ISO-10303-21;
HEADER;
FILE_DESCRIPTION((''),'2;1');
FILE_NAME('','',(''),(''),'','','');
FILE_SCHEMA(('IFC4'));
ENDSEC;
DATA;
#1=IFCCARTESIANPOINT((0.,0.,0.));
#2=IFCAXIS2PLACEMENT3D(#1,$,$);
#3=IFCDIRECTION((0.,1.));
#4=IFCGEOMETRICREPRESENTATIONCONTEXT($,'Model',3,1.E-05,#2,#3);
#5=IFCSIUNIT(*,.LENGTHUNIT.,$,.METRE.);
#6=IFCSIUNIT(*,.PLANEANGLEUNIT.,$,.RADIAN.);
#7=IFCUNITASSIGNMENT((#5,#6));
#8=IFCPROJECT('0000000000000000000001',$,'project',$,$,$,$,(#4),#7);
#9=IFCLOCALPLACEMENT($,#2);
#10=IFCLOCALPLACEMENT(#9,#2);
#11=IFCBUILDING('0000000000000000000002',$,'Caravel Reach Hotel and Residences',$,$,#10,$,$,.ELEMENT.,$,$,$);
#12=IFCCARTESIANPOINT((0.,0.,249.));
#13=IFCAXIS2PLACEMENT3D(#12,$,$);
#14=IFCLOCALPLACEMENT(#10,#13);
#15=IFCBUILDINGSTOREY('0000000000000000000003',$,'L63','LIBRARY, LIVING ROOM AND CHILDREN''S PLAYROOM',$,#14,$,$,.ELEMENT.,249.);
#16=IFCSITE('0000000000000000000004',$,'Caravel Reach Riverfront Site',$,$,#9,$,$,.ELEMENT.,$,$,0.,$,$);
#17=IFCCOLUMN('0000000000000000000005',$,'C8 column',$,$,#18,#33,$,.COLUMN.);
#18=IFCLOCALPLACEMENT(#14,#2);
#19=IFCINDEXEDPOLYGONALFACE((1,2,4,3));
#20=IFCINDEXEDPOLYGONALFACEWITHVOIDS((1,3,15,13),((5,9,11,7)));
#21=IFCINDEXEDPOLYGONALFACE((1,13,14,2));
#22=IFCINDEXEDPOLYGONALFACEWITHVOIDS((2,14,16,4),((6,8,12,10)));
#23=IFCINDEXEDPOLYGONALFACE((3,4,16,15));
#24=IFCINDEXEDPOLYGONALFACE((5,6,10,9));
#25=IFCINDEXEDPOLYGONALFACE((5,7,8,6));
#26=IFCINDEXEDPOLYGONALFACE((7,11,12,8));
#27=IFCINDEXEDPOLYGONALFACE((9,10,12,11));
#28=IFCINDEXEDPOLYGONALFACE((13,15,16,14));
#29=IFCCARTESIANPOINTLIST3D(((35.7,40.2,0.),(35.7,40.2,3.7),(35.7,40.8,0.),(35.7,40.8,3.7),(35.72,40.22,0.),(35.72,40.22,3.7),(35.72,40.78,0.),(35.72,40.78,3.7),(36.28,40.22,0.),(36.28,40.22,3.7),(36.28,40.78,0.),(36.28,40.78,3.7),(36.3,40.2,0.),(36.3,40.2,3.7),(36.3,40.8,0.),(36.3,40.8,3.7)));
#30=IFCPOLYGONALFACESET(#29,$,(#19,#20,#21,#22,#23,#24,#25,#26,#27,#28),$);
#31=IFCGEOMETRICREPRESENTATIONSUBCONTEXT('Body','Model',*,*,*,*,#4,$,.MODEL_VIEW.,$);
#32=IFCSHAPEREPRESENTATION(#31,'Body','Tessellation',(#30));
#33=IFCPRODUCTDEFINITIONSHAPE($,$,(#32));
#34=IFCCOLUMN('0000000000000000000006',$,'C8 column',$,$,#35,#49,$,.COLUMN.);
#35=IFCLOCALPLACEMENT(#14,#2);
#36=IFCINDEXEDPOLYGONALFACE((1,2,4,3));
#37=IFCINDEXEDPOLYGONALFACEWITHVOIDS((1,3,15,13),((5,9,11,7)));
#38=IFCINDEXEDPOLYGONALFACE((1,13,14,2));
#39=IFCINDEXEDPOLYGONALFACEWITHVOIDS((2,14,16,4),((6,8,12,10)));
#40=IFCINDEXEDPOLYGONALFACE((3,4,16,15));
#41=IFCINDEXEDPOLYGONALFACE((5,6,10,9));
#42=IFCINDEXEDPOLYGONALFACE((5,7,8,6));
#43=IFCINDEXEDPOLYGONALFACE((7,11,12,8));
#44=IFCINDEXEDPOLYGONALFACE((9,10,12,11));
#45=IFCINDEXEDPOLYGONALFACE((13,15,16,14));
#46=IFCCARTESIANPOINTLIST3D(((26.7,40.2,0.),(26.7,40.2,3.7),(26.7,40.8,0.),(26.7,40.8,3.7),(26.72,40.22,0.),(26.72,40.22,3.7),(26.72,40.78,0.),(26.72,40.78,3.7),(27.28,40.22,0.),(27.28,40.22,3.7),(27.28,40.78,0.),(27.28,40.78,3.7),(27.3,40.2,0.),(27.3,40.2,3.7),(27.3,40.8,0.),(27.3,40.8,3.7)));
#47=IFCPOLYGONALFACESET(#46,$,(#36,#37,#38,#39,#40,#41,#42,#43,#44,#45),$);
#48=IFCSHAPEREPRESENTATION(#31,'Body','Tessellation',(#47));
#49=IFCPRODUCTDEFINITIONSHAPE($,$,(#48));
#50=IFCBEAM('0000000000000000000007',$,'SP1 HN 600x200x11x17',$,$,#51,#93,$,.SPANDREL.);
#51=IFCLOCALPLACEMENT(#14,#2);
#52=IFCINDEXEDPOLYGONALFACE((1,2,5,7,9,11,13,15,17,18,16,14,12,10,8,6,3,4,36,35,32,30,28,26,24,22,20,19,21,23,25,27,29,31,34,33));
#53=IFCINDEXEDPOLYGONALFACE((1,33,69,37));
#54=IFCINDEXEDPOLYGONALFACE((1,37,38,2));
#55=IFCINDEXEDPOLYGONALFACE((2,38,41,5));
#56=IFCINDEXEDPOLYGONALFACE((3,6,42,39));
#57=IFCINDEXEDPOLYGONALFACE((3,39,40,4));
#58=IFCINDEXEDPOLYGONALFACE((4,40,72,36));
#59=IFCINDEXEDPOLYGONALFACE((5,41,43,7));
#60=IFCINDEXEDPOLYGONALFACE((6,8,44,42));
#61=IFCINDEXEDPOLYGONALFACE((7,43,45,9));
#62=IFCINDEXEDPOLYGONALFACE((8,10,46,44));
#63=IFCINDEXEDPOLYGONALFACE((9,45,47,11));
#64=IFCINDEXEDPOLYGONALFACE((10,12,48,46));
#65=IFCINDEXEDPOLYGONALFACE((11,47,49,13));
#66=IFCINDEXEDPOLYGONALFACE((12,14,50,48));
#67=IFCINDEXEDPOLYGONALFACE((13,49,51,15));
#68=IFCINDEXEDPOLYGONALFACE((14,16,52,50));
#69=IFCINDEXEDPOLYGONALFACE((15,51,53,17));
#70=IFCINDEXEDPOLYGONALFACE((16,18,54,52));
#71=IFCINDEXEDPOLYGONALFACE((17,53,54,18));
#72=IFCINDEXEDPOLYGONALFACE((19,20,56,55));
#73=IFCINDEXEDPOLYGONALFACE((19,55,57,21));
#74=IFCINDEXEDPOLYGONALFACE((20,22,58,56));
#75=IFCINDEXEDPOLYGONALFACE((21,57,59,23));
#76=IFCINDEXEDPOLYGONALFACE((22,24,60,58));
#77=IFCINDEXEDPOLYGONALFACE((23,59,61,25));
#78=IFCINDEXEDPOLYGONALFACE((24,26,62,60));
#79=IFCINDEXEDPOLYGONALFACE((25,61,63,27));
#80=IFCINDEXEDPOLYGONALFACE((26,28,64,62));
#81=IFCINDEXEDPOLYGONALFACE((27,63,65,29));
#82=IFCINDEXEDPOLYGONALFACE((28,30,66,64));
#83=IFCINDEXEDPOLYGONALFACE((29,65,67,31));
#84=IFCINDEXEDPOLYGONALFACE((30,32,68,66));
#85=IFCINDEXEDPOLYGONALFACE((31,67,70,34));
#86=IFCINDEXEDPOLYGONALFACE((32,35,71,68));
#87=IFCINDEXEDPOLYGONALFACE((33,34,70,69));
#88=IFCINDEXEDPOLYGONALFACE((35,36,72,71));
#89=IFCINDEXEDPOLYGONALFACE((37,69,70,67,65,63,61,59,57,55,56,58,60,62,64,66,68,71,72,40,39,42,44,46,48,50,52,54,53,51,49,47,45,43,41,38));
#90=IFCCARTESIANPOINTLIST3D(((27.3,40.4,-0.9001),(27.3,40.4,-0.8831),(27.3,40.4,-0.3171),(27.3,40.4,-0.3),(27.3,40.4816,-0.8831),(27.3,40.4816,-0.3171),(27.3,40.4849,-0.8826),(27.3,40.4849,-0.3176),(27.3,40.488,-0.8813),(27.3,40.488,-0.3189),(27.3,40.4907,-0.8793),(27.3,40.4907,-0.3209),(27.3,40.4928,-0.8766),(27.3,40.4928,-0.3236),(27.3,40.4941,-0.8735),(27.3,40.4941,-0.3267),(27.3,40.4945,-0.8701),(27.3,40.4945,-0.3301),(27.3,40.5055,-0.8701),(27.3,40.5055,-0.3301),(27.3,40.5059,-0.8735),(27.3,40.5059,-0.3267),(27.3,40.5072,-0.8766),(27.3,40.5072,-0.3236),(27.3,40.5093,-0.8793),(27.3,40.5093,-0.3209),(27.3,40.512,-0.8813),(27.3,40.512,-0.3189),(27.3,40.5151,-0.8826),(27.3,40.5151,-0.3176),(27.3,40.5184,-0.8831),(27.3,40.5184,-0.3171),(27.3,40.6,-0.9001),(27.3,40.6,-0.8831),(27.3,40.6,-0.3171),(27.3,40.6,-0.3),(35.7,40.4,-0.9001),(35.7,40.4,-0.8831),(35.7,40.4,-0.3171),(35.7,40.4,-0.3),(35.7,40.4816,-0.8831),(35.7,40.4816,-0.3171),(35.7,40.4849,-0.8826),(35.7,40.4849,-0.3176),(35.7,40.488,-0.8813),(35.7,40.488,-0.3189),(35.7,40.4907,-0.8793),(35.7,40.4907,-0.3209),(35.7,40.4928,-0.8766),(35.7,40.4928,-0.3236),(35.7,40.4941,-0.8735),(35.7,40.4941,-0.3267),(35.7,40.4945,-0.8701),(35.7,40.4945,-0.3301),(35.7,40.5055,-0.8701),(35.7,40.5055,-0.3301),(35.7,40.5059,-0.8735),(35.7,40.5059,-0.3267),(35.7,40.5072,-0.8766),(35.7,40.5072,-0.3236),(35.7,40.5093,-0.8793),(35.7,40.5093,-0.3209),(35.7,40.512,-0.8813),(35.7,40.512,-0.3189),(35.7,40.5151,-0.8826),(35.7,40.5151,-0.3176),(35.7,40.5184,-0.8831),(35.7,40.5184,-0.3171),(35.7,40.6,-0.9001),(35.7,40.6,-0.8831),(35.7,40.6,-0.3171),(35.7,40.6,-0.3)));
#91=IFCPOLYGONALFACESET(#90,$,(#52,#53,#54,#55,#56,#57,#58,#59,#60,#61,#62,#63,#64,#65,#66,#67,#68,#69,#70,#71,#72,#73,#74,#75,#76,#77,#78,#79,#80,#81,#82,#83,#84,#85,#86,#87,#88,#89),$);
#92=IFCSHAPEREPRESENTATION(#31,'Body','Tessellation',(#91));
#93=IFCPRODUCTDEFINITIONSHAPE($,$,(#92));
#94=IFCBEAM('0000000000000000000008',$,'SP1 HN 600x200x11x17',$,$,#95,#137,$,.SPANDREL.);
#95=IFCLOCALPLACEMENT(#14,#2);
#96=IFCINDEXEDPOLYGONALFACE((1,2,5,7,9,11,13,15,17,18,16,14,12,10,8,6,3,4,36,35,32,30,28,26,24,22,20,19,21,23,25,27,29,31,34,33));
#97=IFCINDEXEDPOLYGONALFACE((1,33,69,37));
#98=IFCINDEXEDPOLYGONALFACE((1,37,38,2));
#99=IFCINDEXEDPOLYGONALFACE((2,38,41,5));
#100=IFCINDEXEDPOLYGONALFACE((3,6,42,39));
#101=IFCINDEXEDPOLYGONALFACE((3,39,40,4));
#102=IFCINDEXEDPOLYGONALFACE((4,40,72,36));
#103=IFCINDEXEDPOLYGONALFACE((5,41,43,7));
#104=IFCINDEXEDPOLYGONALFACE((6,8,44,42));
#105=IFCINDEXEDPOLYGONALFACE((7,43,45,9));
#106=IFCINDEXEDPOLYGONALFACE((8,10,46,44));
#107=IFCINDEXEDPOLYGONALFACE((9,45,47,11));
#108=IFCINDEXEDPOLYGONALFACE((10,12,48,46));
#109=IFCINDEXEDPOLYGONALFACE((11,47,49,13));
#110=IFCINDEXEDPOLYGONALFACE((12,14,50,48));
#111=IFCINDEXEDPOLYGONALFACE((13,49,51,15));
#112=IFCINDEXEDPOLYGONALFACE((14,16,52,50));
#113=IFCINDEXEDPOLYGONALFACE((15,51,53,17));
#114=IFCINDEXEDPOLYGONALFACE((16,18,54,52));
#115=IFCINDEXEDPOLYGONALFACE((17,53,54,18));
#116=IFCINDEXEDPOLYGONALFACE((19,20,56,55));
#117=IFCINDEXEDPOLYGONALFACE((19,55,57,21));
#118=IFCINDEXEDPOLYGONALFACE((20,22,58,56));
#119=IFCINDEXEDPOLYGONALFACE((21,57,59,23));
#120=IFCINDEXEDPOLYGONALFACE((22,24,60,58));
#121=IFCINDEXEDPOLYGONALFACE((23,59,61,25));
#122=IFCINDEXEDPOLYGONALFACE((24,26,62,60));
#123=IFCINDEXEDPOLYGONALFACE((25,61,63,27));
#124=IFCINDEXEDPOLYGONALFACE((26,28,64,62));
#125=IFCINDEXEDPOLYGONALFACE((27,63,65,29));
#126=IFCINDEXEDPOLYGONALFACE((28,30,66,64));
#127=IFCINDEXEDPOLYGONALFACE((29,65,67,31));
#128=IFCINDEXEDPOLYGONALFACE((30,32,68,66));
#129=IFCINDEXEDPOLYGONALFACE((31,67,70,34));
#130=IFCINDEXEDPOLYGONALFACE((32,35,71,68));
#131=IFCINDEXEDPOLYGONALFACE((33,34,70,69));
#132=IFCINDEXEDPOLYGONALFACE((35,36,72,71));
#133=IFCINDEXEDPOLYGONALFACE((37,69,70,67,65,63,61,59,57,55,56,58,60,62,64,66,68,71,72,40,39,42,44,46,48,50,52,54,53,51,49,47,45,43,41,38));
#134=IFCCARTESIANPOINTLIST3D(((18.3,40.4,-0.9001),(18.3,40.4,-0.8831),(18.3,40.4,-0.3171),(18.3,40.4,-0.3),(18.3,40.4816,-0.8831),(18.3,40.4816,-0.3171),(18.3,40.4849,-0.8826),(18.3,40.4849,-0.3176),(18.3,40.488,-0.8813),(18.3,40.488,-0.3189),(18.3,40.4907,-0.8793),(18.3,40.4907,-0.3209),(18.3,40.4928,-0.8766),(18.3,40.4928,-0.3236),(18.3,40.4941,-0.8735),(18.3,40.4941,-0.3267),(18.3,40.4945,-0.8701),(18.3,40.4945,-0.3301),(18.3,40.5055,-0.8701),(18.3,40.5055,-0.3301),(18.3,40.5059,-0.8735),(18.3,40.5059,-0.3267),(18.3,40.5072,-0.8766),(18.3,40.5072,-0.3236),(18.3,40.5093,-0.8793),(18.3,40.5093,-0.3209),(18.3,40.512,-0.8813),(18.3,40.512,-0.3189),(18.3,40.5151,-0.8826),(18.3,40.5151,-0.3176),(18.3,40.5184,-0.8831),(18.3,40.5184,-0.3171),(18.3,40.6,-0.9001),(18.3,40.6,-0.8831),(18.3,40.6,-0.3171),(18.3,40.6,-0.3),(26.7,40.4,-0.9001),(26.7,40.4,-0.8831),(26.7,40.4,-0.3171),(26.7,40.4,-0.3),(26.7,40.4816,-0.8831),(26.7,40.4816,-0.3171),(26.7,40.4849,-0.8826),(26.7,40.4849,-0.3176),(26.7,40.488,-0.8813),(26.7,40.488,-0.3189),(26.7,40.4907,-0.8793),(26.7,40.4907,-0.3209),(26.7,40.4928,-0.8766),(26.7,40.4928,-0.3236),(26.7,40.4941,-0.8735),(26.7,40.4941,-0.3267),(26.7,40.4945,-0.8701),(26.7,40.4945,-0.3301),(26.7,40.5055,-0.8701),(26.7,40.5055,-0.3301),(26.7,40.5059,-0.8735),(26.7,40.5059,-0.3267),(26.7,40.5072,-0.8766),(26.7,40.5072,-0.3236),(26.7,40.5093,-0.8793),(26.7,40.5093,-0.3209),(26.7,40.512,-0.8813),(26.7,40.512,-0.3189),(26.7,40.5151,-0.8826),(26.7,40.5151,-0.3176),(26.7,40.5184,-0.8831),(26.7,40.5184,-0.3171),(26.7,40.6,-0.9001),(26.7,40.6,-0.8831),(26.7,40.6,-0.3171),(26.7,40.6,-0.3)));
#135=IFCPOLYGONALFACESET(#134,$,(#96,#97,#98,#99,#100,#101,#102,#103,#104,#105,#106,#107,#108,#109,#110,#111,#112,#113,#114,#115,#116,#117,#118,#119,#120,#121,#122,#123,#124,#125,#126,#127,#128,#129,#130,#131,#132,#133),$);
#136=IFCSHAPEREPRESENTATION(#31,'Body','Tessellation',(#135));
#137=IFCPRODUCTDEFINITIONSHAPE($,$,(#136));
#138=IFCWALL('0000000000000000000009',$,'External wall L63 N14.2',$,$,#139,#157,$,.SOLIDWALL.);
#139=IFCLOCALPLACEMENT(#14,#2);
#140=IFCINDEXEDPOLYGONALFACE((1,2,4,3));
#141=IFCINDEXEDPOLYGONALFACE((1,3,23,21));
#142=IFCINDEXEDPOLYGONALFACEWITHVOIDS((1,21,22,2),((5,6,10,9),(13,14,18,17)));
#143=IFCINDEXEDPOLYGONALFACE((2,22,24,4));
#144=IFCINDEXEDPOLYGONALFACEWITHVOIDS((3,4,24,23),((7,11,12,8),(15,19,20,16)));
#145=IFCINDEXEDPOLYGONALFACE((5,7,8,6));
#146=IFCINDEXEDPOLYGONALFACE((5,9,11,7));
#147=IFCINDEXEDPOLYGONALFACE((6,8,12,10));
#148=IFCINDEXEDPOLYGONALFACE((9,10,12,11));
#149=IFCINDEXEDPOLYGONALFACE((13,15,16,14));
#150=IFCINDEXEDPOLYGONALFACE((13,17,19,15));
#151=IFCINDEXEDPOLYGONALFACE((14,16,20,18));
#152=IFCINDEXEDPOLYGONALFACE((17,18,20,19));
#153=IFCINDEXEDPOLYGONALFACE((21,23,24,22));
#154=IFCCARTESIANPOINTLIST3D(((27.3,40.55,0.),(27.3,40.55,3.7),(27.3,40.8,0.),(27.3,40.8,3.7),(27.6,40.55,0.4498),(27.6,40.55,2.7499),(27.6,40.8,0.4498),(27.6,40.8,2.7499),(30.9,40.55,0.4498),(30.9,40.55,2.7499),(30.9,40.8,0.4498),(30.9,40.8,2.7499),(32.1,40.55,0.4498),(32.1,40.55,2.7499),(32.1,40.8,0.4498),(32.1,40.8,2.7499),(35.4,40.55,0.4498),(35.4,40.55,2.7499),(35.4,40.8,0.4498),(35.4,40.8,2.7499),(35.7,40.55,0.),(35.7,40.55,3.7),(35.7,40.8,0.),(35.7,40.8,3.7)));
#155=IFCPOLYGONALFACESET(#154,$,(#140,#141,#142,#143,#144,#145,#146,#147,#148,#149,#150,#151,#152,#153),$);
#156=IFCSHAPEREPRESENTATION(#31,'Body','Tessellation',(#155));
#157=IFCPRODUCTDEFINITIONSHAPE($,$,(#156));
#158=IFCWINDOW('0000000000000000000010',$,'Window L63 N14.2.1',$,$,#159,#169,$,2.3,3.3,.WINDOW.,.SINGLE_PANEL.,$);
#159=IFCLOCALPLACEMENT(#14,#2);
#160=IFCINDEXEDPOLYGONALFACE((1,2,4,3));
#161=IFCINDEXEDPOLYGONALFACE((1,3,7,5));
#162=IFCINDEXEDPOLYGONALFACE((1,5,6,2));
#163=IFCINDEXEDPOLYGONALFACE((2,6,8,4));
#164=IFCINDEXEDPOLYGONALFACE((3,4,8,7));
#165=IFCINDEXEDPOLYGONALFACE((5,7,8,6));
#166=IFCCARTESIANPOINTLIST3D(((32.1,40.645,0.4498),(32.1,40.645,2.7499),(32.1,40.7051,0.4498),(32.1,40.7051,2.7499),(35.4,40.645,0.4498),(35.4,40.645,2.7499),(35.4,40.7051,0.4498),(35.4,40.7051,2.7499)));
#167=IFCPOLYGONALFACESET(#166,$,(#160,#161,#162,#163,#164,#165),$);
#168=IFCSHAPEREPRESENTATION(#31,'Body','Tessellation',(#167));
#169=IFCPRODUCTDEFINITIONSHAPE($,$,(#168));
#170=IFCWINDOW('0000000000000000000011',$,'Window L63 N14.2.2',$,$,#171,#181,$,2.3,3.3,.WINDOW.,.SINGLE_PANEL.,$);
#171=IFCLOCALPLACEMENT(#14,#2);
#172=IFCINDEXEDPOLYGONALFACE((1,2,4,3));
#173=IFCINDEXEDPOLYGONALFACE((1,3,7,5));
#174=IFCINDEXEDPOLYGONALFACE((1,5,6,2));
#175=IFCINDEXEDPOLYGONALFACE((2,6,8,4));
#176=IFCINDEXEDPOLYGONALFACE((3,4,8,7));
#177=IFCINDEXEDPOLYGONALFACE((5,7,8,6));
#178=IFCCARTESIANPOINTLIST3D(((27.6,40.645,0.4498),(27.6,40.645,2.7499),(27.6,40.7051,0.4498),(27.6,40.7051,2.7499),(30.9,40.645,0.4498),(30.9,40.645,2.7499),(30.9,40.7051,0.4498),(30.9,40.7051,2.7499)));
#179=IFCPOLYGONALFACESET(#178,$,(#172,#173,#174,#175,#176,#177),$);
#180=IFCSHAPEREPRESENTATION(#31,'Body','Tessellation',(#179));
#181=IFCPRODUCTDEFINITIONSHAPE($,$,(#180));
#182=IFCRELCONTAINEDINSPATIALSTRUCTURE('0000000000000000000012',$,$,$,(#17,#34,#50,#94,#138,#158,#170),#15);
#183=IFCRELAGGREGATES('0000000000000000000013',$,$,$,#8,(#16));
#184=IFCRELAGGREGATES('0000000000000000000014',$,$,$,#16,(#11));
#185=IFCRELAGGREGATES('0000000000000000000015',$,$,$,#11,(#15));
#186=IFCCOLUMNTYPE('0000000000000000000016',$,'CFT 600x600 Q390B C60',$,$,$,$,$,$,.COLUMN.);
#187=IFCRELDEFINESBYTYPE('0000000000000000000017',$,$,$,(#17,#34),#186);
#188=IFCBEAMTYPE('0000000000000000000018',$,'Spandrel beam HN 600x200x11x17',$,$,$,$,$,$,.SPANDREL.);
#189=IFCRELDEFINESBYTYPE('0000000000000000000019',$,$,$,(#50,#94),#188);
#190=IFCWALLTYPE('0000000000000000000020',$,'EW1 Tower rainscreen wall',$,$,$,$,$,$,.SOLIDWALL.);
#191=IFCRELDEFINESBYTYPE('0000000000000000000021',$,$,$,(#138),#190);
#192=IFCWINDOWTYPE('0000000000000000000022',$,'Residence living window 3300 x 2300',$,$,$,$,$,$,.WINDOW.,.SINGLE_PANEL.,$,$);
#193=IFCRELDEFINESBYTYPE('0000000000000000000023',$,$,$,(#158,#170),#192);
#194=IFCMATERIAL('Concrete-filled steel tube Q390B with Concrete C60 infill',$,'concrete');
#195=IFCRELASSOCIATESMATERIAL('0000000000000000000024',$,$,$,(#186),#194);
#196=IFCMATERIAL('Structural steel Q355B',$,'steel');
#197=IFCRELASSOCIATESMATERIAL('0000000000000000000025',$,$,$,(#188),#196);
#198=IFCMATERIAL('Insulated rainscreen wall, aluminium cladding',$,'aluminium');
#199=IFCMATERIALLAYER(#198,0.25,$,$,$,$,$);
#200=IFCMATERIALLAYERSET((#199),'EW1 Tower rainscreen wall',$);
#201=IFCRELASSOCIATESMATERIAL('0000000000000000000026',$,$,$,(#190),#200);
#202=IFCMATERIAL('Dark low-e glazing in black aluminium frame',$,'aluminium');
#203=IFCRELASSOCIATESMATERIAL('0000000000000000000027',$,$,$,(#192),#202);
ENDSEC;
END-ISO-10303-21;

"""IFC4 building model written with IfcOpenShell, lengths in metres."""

from ifc_helpers import new_model, si_unit, direction, frame, frame_2d, origin, origin_2d, place, context, subcontext, project, spatial, rectangle, hollow_rectangle, i_section, extrude, material, layer, layer_set, material_profile, profile_set, type_object, element, fill, save


model = new_model("IFC4")

# Units and contexts
model_context = context("Model", 3, precision=1e-05, world=origin(), true_north=direction((0.0, 1.0)))
body_context = subcontext(model_context, "Body", "Model", "MODEL_VIEW")
ifc_project = project(units=[si_unit("LENGTHUNIT", "METRE"), si_unit("PLANEANGLEUNIT", "RADIAN")], contexts=[model_context])

# Site, building, storey
site_placement = place(None, origin())
site = spatial("IfcSite", under=ifc_project, at=site_placement, Name="Caravel Reach Riverfront Site", CompositionType="ELEMENT", RefElevation=0.0)
building_placement = place(site_placement, origin())
building = spatial("IfcBuilding", under=site, at=building_placement, Name="Caravel Reach Hotel and Residences", CompositionType="ELEMENT")
storey_placement = place(building_placement, frame((0.0, 0.0, 249.0)))
storey = spatial("IfcBuildingStorey", under=building, at=storey_placement, Name="L63", Description="LIBRARY, LIVING ROOM AND CHILDREN'S PLAYROOM", CompositionType="ELEMENT", Elevation=249.0)

# Columns
ifc_material_1 = material(Name="Concrete-filled steel tube Q390B with Concrete C60 infill", Category="concrete")
ifc_material_profile_1 = material_profile(ifc_material_1, hollow_rectangle(XDim=0.6001, YDim=0.6001, WallThickness=0.02, at=origin_2d()), Name="RHS 600x600x20")
ifc_profile_set_1 = profile_set([ifc_material_profile_1], Name="Concrete-filled steel tube Q390B with Concrete C60 infill")
column_type = type_object("IfcColumnType", Name="CFT 600x600 Q390B C60", PredefinedType="COLUMN", material=ifc_profile_set_1)
for number, where, z_axis, x_axis, name in (
    (1, (36.0, 40.5, 0.0), (0.0, 0.0, 1.0), (1.0, 0.0, 0.0), "C8 column"),
    (2, (27.0, 40.5, 0.0), (0.0, 0.0, 1.0), (1.0, 0.0, 0.0), "C8 column"),
):
    element("IfcColumn", number, at=place(storey_placement, frame(where, z_axis=z_axis, x_axis=x_axis)), inside=storey, type_object=column_type, Name=name, PredefinedType="COLUMN", context=body_context, shape_type="SweptSolid", body=[
        extrude(hollow_rectangle(XDim=0.6001, YDim=0.6001, WallThickness=0.02, at=origin_2d()), origin(), (0.0, 0.0, 1.0), 3.7),
    ])

# Beams
ifc_material_2 = material(Name="Structural steel Q355B", Category="steel")
ifc_material_profile_2 = material_profile(ifc_material_2, i_section(OverallWidth=0.2, OverallDepth=0.6001, WebThickness=0.011, FlangeThickness=0.0171, FilletRadius=0.0129, at=origin_2d()), Name="HN 600x200x11x17")
ifc_profile_set_2 = profile_set([ifc_material_profile_2], Name="Structural steel Q355B")
beam_type = type_object("IfcBeamType", Name="Spandrel beam HN 600x200x11x17", PredefinedType="SPANDREL", material=ifc_profile_set_2)
for number, where, z_axis, x_axis, name in (
    (3, (35.7, 40.5, -0.6001), (-1.0, 0.0, 0.0), (0.0, -1.0, 0.0), "SP1 HN 600x200x11x17"),
    (4, (26.7, 40.5, -0.6001), (-1.0, 0.0, 0.0), (0.0, -1.0, 0.0), "SP1 HN 600x200x11x17"),
):
    element("IfcBeam", number, at=place(storey_placement, frame(where, z_axis=z_axis, x_axis=x_axis)), inside=storey, type_object=beam_type, Name=name, PredefinedType="SPANDREL", context=body_context, shape_type="SweptSolid", body=[
        extrude(i_section(OverallWidth=0.2, OverallDepth=0.6001, WebThickness=0.011, FlangeThickness=0.0171, FilletRadius=0.0129, at=origin_2d()), origin(), (0.0, 0.0, 1.0), 8.3999),
    ])

# Wall, openings, windows
ifc_material_3 = material(Name="Insulated rainscreen wall, aluminium cladding", Category="aluminium")
ifc_layer_1 = layer(ifc_material_3, 0.25)
ifc_layer_set_1 = layer_set([ifc_layer_1], Name="EW1 Tower rainscreen wall")
wall_type_1 = type_object("IfcWallType", Name="EW1 Tower rainscreen wall", PredefinedType="SOLIDWALL", material=ifc_layer_set_1)
wall_1_placement = place(storey_placement, frame((35.7, 40.675, 0.0), z_axis=(0.0, 0.0, 1.0), x_axis=(-1.0, 0.0, 0.0)))
wall_1 = element("IfcWall", 5, at=wall_1_placement, inside=storey, type_object=wall_type_1, Name="External wall L63 N14.2", PredefinedType="SOLIDWALL", context=body_context, shape_type="SweptSolid", body=[
    extrude(rectangle(XDim=8.3999, YDim=0.25, at=frame_2d((4.2, 0.0))), origin(), (0.0, 0.0, 1.0), 3.7),
])
opening_1_placement = place(wall_1_placement, frame((0.3, 0.0, 0.45)))
opening_1 = element("IfcOpeningElement", 6, at=opening_1_placement, cuts=wall_1, PredefinedType="OPENING", context=body_context, shape_type="SweptSolid", body=[
    extrude(rectangle(XDim=3.3, YDim=2.3, at=frame_2d((1.6499, 1.1499))), frame((0.0, 0.135, 0.0), z_axis=(0.0, -1.0, 0.0), x_axis=(1.0, 0.0, 0.0)), (0.0, 0.0, 1.0), 0.27),
])
opening_2_placement = place(wall_1_placement, frame((4.8, 0.0, 0.45)))
opening_2 = element("IfcOpeningElement", 7, at=opening_2_placement, cuts=wall_1, PredefinedType="OPENING", context=body_context, shape_type="SweptSolid", body=[
    extrude(rectangle(XDim=3.3, YDim=2.3, at=frame_2d((1.6499, 1.1499))), frame((0.0, 0.135, 0.0), z_axis=(0.0, -1.0, 0.0), x_axis=(1.0, 0.0, 0.0)), (0.0, 0.0, 1.0), 0.27),
])
ifc_material_4 = material(Name="Dark low-e glazing in black aluminium frame", Category="aluminium")
window_type = type_object("IfcWindowType", Name="Residence living window 3300 x 2300", PartitioningType="SINGLE_PANEL", PredefinedType="WINDOW", material=ifc_material_4)
window_1_placement = place(opening_1_placement, origin())
window_1 = element("IfcWindow", 8, at=window_1_placement, inside=storey, type_object=window_type, Name="Window L63 N14.2.1", OverallHeight=2.3, OverallWidth=3.3, PartitioningType="SINGLE_PANEL", PredefinedType="WINDOW", context=body_context, shape_type="SweptSolid", body=[
    extrude(rectangle(XDim=3.3, YDim=2.3, at=frame_2d((1.6499, 1.1499))), frame((0.0, 0.03, 0.0), z_axis=(0.0, -1.0, 0.0), x_axis=(1.0, 0.0, 0.0)), (0.0, 0.0, 1.0), 0.0601),
])
fill(opening_1, window_1)
window_2_placement = place(opening_2_placement, origin())
window_2 = element("IfcWindow", 9, at=window_2_placement, inside=storey, type_object=window_type, Name="Window L63 N14.2.2", OverallHeight=2.3, OverallWidth=3.3, PartitioningType="SINGLE_PANEL", PredefinedType="WINDOW", context=body_context, shape_type="SweptSolid", body=[
    extrude(rectangle(XDim=3.3, YDim=2.3, at=frame_2d((1.6499, 1.1499))), frame((0.0, 0.03, 0.0), z_axis=(0.0, -1.0, 0.0), x_axis=(1.0, 0.0, 0.0)), (0.0, 0.0, 1.0), 0.0601),
])
fill(opening_2, window_2)

save(model, "model.ifc")
